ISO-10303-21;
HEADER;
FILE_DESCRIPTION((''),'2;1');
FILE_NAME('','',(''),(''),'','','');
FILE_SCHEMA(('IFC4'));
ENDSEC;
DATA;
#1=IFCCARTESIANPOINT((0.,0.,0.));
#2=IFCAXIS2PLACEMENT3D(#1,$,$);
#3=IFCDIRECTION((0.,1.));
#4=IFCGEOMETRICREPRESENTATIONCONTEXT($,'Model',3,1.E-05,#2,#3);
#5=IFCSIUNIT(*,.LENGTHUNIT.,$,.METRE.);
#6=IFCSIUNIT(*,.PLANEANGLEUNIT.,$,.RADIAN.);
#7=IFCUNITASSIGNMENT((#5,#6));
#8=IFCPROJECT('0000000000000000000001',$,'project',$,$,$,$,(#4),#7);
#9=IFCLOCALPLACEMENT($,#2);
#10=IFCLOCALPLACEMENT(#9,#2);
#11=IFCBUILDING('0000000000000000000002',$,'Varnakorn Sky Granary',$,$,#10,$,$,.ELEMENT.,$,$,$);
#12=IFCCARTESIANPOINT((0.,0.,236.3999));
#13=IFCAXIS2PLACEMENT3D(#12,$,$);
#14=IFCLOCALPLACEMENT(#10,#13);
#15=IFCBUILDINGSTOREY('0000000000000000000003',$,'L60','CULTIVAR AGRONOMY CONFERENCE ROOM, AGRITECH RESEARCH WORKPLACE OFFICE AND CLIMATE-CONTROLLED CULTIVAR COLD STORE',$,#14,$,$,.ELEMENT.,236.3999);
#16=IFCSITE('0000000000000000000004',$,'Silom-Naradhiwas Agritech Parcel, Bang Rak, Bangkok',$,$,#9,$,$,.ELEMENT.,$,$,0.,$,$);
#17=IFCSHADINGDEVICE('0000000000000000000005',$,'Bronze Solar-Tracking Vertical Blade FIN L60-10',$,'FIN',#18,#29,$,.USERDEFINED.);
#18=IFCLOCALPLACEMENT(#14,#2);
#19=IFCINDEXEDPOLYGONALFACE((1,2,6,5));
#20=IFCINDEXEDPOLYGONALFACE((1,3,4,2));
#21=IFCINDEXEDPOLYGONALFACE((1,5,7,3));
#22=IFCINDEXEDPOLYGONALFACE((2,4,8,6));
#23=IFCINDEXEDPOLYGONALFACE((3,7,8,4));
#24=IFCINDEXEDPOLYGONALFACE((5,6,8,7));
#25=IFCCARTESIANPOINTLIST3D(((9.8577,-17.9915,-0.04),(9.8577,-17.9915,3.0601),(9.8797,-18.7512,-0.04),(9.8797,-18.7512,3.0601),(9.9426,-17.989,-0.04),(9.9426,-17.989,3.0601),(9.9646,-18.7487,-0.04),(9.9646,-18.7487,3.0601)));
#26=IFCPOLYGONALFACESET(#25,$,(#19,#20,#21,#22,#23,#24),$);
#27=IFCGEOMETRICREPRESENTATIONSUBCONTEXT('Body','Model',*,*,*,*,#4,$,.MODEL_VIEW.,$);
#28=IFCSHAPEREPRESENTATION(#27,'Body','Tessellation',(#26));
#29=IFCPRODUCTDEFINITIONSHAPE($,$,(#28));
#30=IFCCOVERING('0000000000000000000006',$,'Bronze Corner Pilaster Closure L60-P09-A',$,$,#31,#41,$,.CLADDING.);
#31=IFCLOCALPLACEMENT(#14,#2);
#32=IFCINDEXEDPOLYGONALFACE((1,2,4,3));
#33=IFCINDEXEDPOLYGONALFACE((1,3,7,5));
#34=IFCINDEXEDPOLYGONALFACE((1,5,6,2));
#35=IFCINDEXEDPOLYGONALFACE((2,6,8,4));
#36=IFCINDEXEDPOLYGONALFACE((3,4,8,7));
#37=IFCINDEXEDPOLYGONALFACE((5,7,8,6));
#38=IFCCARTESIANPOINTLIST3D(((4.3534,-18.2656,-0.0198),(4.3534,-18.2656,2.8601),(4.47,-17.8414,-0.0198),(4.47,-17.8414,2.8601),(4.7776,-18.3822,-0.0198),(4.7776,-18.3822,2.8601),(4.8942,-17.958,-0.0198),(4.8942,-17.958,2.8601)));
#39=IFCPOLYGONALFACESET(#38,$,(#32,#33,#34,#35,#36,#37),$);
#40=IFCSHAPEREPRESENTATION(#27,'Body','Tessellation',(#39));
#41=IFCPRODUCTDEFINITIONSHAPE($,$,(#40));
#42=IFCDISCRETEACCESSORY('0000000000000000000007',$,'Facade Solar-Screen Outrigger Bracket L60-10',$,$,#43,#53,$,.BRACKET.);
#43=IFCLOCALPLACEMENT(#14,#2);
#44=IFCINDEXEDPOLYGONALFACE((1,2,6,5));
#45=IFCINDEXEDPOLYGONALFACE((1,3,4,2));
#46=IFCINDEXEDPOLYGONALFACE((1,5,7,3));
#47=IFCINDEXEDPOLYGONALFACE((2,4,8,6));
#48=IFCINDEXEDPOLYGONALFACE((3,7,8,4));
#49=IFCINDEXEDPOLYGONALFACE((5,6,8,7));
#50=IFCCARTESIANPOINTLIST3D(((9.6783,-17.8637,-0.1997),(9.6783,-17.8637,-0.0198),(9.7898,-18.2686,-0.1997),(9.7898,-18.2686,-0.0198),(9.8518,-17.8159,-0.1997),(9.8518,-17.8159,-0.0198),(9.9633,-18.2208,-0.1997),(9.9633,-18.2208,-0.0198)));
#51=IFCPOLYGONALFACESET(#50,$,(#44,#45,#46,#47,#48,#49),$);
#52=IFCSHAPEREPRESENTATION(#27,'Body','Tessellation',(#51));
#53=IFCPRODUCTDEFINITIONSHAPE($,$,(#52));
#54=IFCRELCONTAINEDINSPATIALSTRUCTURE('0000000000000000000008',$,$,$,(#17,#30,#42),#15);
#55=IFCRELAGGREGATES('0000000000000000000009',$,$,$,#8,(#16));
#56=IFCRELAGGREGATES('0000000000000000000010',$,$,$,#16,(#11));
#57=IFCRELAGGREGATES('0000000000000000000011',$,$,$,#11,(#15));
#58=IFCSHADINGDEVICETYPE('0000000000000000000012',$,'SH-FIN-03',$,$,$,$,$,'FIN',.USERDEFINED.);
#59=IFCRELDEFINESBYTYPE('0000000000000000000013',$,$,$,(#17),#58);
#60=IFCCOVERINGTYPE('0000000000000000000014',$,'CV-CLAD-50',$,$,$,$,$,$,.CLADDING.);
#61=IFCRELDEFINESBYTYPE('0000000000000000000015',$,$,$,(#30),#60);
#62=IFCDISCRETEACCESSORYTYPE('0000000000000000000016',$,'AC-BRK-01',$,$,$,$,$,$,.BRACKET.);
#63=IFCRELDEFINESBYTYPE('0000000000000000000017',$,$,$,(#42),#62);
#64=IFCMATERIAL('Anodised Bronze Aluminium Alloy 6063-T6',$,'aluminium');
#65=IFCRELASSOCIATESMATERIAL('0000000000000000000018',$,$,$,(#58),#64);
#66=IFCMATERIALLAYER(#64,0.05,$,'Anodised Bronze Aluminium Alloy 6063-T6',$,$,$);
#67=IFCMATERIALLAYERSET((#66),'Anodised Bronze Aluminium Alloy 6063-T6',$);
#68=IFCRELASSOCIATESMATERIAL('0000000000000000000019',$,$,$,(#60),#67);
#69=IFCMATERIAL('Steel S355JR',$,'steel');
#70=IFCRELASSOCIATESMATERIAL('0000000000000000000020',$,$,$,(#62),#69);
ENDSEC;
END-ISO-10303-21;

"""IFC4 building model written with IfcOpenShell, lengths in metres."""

from ifc_helpers import new_model, si_unit, direction, frame, origin, origin_2d, place, context, subcontext, project, spatial, rectangle, extrude, source, transform, mapped, material, layer, layer_set, type_object, type_shapes, element, save


model = new_model("IFC4")

# Units and contexts
model_context = context("Model", 3, precision=1e-05, world=origin(), true_north=direction((0.0, 1.0)))
body_context = subcontext(model_context, "Body", "Model", "MODEL_VIEW")
ifc_project = project(units=[si_unit("LENGTHUNIT", "METRE"), si_unit("PLANEANGLEUNIT", "RADIAN")], contexts=[model_context])

# Site, building, storey
site_placement = place(None, origin())
site = spatial("IfcSite", under=ifc_project, at=site_placement, Name="Silom-Naradhiwas Agritech Parcel, Bang Rak, Bangkok", CompositionType="ELEMENT", RefElevation=0.0)
building_placement = place(site_placement, origin())
building = spatial("IfcBuilding", under=site, at=building_placement, Name="Varnakorn Sky Granary", CompositionType="ELEMENT")
storey_placement = place(building_placement, frame((0.0, 0.0, 236.3999)))
storey = spatial("IfcBuildingStorey", under=building, at=storey_placement, Name="L60", Description="CULTIVAR AGRONOMY CONFERENCE ROOM, AGRITECH RESEARCH WORKPLACE OFFICE AND CLIMATE-CONTROLLED CULTIVAR COLD STORE", CompositionType="ELEMENT", Elevation=236.3999)

# Shared definitions
ifc_material_1 = material(Name="Steel S355JR", Category="steel")

# Shared definitions
ifc_material_2 = material(Name="Anodised Bronze Aluminium Alloy 6063-T6", Category="aluminium")

# Shading device
shading_device_type = type_object("IfcShadingDeviceType", Name="SH-FIN-03", ElementType="FIN", PredefinedType="USERDEFINED", material=ifc_material_2)
shared_shape_1 = source(origin(), body_context, "Body", "SweptSolid", [
    extrude(rectangle(XDim=0.085, YDim=0.76, at=origin_2d()), origin(), (0.0, 0.0, 1.0), 3.1001),
])
type_shapes(shading_device_type, [shared_shape_1])
shading_device_placement = place(storey_placement, frame((9.9111, -18.3701, -0.04), z_axis=(0.0, 0.0, 1.0), x_axis=(0.99958, 0.028989, 0.0)))
element("IfcShadingDevice", 1, at=shading_device_placement, inside=storey, type_object=shading_device_type, Name="Bronze Solar-Tracking Vertical Blade FIN L60-10", ObjectType="FIN", PredefinedType="USERDEFINED", context=body_context, shape_type="MappedRepresentation", body=[
    mapped(shared_shape_1, transform((0.0, 0.0, 0.0), x_axis=(1.0, 0.0, 0.0), y_axis=(0.0, 1.0, 0.0), z_axis=(0.0, 0.0, 1.0), scale=1.0)),
])

# Covering
ifc_layer_1 = layer(ifc_material_2, 0.05, Name="Anodised Bronze Aluminium Alloy 6063-T6")
ifc_layer_set_1 = layer_set([ifc_layer_1], Name="Anodised Bronze Aluminium Alloy 6063-T6")
covering_type = type_object("IfcCoveringType", Name="CV-CLAD-50", PredefinedType="CLADDING", material=ifc_layer_set_1)
shared_shape_2 = source(origin(), body_context, "Body", "SweptSolid", [
    extrude(rectangle(XDim=0.4399, YDim=0.4399, at=origin_2d()), origin(), (0.0, 0.0, 1.0), 2.8799),
])
type_shapes(covering_type, [shared_shape_2])
covering_placement = place(storey_placement, frame((4.6238, -18.1118, -0.0198), z_axis=(0.0, 0.0, 1.0), x_axis=(-0.964234, 0.265051, 0.0)))
element("IfcCovering", 2, at=covering_placement, inside=storey, type_object=covering_type, Name="Bronze Corner Pilaster Closure L60-P09-A", PredefinedType="CLADDING", context=body_context, shape_type="MappedRepresentation", body=[
    mapped(shared_shape_2, transform((0.0, 0.0, 0.0), x_axis=(1.0, 0.0, 0.0), y_axis=(0.0, 1.0, 0.0), z_axis=(0.0, 0.0, 1.0), scale=1.0)),
])

# Discrete accessory
discrete_accessory_type = type_object("IfcDiscreteAccessoryType", Name="AC-BRK-01", PredefinedType="BRACKET", material=ifc_material_1)
shared_shape_3 = source(origin(), body_context, "Body", "SweptSolid", [
    extrude(rectangle(XDim=0.1799, YDim=0.4199, at=origin_2d()), origin(), (0.0, 0.0, 1.0), 0.1799),
])
type_shapes(discrete_accessory_type, [shared_shape_3])
discrete_accessory_placement = place(storey_placement, frame((9.8208, -18.0422, -0.1997), z_axis=(0.0, 0.0, 1.0), x_axis=(0.964079, 0.265616, 0.0)))
element("IfcDiscreteAccessory", 3, at=discrete_accessory_placement, inside=storey, type_object=discrete_accessory_type, Name="Facade Solar-Screen Outrigger Bracket L60-10", PredefinedType="BRACKET", context=body_context, shape_type="MappedRepresentation", body=[
    mapped(shared_shape_3, transform((0.0, 0.0, 0.0), x_axis=(1.0, 0.0, 0.0), y_axis=(0.0, 1.0, 0.0), z_axis=(0.0, 0.0, 1.0), scale=1.0)),
])

save(model, "model.ifc")
